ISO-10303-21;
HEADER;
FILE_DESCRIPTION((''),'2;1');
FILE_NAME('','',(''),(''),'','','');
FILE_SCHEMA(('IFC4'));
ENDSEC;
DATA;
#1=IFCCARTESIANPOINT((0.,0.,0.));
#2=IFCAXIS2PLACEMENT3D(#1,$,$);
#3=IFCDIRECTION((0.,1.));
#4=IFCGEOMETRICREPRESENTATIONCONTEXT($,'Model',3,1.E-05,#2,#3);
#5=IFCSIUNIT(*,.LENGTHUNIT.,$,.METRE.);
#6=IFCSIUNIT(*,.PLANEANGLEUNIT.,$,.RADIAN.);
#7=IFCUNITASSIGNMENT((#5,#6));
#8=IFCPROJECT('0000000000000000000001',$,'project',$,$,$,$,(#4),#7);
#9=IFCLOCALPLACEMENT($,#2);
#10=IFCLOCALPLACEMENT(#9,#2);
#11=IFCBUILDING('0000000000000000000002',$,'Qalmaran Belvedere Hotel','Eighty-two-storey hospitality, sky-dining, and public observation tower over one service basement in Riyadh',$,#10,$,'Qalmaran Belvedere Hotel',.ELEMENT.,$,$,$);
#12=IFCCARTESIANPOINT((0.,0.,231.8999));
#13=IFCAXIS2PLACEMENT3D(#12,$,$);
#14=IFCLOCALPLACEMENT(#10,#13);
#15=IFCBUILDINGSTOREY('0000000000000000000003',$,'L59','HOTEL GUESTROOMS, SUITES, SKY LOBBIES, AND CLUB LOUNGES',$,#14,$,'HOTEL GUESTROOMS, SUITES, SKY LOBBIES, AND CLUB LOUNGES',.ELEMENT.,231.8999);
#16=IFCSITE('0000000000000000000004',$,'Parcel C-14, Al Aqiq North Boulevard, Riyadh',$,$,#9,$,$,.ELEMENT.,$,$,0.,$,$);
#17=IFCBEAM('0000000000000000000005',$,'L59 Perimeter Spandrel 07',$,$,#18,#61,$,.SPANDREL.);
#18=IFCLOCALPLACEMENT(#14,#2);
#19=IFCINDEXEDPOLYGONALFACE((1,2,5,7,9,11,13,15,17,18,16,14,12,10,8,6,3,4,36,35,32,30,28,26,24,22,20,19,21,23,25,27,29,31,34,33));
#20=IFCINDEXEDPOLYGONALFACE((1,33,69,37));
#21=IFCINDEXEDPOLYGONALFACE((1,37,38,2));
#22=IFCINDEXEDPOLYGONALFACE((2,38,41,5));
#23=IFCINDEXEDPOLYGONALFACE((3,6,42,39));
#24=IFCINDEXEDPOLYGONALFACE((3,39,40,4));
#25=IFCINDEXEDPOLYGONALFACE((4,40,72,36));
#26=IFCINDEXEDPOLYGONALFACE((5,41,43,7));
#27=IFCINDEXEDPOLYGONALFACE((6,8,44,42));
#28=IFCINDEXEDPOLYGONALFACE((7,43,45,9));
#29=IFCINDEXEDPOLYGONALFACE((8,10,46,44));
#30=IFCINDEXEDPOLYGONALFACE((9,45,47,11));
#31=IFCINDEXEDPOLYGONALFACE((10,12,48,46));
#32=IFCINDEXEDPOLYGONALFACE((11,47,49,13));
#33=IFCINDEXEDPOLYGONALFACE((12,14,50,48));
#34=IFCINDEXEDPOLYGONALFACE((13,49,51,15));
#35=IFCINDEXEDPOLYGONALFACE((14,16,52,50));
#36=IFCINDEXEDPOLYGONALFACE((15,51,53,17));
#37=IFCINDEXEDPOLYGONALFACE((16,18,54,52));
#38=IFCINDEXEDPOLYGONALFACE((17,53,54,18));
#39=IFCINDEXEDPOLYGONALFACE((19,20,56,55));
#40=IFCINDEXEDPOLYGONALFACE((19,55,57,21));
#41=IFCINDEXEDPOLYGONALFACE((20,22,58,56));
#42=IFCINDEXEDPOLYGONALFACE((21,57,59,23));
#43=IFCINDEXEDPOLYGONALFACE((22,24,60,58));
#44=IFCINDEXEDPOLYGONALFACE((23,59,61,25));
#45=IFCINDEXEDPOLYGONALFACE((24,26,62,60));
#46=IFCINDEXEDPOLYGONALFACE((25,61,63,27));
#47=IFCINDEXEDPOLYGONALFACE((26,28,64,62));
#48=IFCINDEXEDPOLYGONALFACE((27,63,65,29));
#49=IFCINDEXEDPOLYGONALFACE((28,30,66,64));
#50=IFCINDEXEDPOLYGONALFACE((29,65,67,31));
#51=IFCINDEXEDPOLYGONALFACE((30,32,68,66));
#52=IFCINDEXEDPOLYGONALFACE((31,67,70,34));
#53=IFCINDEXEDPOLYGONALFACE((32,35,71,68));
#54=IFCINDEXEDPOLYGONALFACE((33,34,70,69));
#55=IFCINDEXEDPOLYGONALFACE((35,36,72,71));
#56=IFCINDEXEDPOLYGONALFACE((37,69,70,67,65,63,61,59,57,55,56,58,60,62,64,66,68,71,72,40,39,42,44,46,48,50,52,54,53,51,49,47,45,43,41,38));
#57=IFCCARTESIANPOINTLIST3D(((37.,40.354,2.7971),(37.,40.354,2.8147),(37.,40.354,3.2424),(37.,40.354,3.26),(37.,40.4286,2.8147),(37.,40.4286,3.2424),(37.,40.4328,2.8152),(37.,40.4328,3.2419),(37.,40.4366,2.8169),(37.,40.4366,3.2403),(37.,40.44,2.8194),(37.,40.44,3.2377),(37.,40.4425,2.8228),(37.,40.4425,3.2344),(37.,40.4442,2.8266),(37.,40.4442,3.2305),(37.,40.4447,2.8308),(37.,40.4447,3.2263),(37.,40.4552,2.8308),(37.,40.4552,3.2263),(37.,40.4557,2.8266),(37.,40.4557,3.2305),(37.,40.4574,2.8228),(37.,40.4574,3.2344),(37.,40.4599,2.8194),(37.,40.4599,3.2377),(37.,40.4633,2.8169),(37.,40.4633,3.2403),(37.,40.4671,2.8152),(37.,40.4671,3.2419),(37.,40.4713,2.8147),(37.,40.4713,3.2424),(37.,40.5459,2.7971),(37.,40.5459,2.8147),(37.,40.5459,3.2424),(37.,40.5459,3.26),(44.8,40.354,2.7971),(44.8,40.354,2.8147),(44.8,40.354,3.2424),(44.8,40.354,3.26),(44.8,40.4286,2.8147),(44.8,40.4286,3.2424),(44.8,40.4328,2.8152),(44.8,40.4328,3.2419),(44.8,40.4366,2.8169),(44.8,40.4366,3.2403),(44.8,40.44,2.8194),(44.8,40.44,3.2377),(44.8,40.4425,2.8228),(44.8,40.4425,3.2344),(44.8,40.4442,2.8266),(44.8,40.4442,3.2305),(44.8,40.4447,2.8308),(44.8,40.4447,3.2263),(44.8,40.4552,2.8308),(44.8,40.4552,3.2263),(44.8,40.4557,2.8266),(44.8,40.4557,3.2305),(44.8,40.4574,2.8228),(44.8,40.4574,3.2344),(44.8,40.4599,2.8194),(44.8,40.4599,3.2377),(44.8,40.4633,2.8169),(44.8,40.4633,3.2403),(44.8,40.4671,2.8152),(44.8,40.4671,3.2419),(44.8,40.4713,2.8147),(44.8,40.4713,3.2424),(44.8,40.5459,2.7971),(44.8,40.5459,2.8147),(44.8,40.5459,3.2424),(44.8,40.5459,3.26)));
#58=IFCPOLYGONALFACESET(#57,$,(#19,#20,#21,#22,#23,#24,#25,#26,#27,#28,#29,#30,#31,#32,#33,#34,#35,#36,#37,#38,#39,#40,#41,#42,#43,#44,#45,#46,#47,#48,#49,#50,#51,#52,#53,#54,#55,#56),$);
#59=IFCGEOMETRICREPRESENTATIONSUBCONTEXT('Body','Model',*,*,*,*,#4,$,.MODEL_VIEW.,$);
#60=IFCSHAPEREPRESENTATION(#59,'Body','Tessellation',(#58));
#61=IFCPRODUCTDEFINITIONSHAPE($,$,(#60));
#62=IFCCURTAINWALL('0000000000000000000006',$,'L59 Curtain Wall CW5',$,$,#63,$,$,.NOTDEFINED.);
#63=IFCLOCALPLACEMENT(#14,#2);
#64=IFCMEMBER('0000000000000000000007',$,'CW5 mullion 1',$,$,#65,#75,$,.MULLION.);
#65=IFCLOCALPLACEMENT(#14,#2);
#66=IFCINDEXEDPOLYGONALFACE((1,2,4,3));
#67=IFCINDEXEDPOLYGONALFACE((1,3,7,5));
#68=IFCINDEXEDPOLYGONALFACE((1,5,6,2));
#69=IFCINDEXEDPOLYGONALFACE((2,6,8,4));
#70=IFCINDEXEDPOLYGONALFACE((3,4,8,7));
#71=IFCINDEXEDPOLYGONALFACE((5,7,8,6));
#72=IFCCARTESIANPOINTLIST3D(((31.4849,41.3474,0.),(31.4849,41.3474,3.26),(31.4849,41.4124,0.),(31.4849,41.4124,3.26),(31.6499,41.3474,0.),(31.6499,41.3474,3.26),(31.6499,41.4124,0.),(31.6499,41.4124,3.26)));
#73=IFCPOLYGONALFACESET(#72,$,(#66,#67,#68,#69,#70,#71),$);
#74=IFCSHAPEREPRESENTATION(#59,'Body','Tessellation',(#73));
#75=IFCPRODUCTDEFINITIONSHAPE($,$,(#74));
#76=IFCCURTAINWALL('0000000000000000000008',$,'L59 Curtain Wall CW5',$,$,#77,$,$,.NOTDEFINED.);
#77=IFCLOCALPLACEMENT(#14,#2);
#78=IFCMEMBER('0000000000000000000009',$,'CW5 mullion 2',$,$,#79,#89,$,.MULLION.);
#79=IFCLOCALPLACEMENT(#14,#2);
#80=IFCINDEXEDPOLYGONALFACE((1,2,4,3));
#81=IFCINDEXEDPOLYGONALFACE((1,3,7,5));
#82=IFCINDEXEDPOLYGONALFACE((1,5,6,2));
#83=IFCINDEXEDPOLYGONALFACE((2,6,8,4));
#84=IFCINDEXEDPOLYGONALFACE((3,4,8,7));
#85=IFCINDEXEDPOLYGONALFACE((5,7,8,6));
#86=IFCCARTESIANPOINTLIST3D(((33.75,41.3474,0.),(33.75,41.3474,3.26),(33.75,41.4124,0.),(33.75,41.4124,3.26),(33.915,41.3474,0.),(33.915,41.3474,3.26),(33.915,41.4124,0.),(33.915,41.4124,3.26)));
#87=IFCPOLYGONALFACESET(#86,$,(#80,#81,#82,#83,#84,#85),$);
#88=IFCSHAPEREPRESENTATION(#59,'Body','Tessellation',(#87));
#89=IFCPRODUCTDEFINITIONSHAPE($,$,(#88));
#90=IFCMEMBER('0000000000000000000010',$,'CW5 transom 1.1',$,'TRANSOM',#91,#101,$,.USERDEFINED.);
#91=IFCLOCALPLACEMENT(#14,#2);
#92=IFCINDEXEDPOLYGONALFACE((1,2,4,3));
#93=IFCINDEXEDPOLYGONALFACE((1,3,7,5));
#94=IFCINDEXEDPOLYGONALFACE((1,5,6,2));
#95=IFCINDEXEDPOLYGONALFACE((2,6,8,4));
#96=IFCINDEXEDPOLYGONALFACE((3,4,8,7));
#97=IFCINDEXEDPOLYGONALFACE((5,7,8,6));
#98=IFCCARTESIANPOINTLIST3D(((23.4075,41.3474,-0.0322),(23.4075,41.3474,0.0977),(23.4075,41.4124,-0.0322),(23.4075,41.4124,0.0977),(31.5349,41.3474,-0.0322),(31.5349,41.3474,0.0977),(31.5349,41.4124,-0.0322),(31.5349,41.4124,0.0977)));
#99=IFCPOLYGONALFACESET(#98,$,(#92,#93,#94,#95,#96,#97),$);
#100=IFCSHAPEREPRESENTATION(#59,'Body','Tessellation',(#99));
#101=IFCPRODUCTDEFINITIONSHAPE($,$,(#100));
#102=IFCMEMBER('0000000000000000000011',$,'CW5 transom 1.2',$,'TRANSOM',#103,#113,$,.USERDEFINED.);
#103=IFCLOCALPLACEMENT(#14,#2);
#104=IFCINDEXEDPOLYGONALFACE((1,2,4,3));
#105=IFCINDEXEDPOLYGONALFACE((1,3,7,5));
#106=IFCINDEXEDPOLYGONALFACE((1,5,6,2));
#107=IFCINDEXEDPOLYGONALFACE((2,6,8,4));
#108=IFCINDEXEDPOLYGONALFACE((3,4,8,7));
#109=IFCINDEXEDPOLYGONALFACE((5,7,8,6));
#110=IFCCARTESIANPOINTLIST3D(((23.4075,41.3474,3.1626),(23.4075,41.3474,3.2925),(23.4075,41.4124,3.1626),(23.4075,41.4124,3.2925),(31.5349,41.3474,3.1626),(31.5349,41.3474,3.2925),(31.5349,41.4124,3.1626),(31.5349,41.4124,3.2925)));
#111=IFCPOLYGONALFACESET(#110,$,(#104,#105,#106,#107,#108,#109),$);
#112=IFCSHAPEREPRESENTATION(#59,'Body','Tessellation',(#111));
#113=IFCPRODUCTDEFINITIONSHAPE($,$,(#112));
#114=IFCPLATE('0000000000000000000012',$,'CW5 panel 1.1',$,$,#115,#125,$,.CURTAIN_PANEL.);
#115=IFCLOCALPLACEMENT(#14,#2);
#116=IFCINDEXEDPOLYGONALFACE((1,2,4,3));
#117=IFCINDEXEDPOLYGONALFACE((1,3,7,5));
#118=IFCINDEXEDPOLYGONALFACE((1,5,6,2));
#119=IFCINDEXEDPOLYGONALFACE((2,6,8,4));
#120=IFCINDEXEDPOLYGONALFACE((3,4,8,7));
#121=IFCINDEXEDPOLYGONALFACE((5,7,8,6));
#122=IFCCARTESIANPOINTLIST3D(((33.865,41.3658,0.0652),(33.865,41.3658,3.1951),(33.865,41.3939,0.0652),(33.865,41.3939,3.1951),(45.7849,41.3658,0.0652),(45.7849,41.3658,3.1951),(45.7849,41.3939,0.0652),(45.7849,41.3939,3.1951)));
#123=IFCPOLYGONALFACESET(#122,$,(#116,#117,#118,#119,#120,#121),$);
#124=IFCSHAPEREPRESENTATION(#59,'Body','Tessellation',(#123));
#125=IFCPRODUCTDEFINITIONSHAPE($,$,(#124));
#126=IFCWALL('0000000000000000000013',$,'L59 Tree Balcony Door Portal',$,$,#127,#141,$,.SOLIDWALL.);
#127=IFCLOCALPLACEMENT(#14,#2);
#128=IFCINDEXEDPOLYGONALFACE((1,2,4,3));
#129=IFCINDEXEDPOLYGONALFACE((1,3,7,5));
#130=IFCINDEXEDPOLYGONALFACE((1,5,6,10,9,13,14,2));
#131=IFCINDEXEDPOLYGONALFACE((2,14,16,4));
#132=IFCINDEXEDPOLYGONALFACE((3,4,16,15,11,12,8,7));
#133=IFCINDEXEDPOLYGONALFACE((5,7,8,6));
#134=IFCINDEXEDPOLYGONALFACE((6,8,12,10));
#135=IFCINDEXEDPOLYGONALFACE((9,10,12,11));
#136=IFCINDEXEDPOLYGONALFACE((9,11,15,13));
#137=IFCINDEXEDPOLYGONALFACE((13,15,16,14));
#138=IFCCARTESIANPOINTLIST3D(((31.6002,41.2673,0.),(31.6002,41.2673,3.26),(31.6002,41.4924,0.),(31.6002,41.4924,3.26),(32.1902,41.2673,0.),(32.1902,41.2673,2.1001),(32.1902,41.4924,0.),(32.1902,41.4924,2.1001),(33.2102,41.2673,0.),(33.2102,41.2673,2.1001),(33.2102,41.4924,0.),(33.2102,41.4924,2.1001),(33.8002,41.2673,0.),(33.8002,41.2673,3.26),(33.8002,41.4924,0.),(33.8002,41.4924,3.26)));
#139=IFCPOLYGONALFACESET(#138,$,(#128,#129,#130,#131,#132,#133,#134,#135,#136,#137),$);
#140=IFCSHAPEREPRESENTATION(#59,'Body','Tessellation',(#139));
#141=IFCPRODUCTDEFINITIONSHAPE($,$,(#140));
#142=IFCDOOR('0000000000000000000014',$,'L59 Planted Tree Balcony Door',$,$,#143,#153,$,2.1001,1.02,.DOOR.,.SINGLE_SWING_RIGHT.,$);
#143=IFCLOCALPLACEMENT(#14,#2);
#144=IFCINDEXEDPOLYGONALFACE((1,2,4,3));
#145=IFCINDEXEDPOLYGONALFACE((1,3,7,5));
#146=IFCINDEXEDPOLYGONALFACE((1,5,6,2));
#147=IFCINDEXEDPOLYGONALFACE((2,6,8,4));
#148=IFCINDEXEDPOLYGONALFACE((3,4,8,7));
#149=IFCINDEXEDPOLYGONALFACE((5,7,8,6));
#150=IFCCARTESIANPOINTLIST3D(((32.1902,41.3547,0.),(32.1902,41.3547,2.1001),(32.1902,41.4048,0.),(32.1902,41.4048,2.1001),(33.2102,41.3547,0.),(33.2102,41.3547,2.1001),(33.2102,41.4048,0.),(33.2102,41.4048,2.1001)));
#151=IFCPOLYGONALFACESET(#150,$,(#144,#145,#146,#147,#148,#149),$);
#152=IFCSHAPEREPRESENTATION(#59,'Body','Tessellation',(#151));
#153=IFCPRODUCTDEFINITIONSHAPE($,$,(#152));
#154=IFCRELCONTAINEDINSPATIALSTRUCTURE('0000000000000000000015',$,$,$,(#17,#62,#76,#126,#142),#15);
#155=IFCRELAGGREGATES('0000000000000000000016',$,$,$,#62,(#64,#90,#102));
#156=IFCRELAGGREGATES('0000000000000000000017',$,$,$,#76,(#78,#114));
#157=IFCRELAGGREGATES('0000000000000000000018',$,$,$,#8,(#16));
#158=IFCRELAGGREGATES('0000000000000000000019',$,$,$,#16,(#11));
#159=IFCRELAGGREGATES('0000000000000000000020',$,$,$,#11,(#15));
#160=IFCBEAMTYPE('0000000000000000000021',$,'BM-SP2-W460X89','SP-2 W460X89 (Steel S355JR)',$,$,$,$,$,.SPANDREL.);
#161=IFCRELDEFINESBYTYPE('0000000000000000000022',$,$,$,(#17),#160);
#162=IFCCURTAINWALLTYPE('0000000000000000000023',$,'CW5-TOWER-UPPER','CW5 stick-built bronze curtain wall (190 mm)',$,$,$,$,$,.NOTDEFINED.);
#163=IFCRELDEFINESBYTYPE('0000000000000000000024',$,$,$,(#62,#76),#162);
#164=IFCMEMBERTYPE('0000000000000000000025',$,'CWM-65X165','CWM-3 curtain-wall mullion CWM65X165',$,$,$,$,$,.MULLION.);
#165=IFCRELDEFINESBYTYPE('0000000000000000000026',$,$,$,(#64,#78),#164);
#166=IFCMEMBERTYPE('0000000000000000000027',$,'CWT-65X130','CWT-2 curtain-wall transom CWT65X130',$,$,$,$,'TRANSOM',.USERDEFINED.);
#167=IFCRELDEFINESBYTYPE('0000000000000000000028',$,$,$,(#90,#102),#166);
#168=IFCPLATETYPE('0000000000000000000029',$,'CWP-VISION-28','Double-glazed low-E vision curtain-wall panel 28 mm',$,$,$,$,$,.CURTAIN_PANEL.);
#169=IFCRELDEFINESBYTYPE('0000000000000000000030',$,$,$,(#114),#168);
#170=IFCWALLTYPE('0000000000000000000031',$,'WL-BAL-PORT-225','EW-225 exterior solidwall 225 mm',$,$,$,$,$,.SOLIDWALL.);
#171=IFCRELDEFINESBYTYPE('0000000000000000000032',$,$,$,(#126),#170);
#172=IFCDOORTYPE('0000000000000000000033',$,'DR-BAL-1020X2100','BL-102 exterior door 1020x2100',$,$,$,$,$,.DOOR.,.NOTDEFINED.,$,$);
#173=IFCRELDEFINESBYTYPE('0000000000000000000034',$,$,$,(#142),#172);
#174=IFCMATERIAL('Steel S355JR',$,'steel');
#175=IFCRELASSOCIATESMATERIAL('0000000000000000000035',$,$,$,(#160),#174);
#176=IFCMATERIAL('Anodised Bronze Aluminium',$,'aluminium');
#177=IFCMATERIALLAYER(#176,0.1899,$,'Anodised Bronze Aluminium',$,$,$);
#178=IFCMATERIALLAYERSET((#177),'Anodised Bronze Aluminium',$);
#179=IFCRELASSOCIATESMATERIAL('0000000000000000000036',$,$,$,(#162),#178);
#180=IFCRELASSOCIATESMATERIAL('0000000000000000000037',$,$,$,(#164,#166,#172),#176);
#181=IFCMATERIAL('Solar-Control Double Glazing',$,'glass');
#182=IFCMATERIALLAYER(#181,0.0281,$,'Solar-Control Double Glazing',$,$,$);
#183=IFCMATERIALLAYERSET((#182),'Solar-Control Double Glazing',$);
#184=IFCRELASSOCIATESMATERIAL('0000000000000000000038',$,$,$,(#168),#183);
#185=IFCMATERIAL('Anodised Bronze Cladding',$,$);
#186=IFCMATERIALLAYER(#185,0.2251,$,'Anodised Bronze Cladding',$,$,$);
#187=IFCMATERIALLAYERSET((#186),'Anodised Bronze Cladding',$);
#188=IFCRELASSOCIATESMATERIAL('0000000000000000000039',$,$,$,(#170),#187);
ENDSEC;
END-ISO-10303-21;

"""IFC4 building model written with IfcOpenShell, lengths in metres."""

from ifc_helpers import new_model, si_unit, direction, frame, frame_2d, origin, origin_2d, place, context, subcontext, project, spatial, rectangle, i_section, extrude, material, layer, layer_set, material_profile, profile_set, type_object, element, fill, aggregate, save


model = new_model("IFC4")

# Units and contexts
model_context = context("Model", 3, precision=1e-05, world=origin(), true_north=direction((0.0, 1.0)))
body_context = subcontext(model_context, "Body", "Model", "MODEL_VIEW")
ifc_project = project(units=[si_unit("LENGTHUNIT", "METRE"), si_unit("PLANEANGLEUNIT", "RADIAN")], contexts=[model_context])

# Site, building, storey
site_placement = place(None, origin())
site = spatial("IfcSite", under=ifc_project, at=site_placement, Name="Parcel C-14, Al Aqiq North Boulevard, Riyadh", CompositionType="ELEMENT", RefElevation=0.0)
building_placement = place(site_placement, origin())
building = spatial("IfcBuilding", under=site, at=building_placement, Name="Qalmaran Belvedere Hotel", Description="Eighty-two-storey hospitality, sky-dining, and public observation tower over one service basement in Riyadh", LongName="Qalmaran Belvedere Hotel", CompositionType="ELEMENT")
storey_placement = place(building_placement, frame((0.0, 0.0, 231.8999)))
storey = spatial("IfcBuildingStorey", under=building, at=storey_placement, Name="L59", Description="HOTEL GUESTROOMS, SUITES, SKY LOBBIES, AND CLUB LOUNGES", LongName="HOTEL GUESTROOMS, SUITES, SKY LOBBIES, AND CLUB LOUNGES", CompositionType="ELEMENT", Elevation=231.8999)

# Beam
ifc_material_1 = material(Name="Steel S355JR", Category="steel")
ifc_material_profile_1 = material_profile(ifc_material_1, i_section(OverallWidth=0.1919, OverallDepth=0.4629, WebThickness=0.0105, FlangeThickness=0.0176, FilletRadius=0.0161, at=origin_2d()), Name="W460X89")
ifc_profile_set_1 = profile_set([ifc_material_profile_1], Name="Steel S355JR")
beam_type_1 = type_object("IfcBeamType", Name="BM-SP2-W460X89", Description="SP-2 W460X89 (Steel S355JR)", PredefinedType="SPANDREL", material=ifc_profile_set_1)
for number, where, z_axis, x_axis, name in (
    (1, (37.0, 40.45, 3.0286), (1.0, 0.0, 0.0), (0.0, 1.0, 0.0), "L59 Perimeter Spandrel 07"),
):
    element("IfcBeam", number, at=place(storey_placement, frame(where, z_axis=z_axis, x_axis=x_axis)), inside=storey, type_object=beam_type_1, Name=name, PredefinedType="SPANDREL", context=body_context, shape_type="SweptSolid", body=[
        extrude(i_section(OverallWidth=0.1919, OverallDepth=0.4629, WebThickness=0.0105, FlangeThickness=0.0176, FilletRadius=0.0161, at=origin_2d()), origin(), (0.0, 0.0, 1.0), 7.8),
    ])

# Curtain walls, members
ifc_material_2 = material(Name="Anodised Bronze Aluminium", Category="aluminium")
ifc_layer_1 = layer(ifc_material_2, 0.1899, Name="Anodised Bronze Aluminium")
ifc_layer_set_1 = layer_set([ifc_layer_1], Name="Anodised Bronze Aluminium")
curtain_wall_type = type_object("IfcCurtainWallType", Name="CW5-TOWER-UPPER", Description="CW5 stick-built bronze curtain wall (190 mm)", PredefinedType="NOTDEFINED", material=ifc_layer_set_1)
curtain_wall_1_placement = place(storey_placement, origin())
curtain_wall_1 = element("IfcCurtainWall", 2, at=curtain_wall_1_placement, inside=storey, type_object=curtain_wall_type, Name="L59 Curtain Wall CW5", PredefinedType="NOTDEFINED")
ifc_material_profile_2 = material_profile(ifc_material_2, rectangle(XDim=0.0649, YDim=0.165, at=origin_2d()), Name="CWM65X165")
ifc_profile_set_2 = profile_set([ifc_material_profile_2], Name="Anodised Bronze Aluminium")
member_type_1 = type_object("IfcMemberType", Name="CWM-65X165", Description="CWM-3 curtain-wall mullion CWM65X165", PredefinedType="MULLION", material=ifc_profile_set_2)
member_1_placement = place(storey_placement, frame((31.5674, 41.3799, 0.0), z_axis=(0.0, 0.0, 1.0), x_axis=(0.0, -1.0, 0.0)))
member_1 = element("IfcMember", 3, at=member_1_placement, type_object=member_type_1, Name="CW5 mullion 1", PredefinedType="MULLION", context=body_context, shape_type="SweptSolid", body=[
    extrude(rectangle(XDim=0.0649, YDim=0.165, at=origin_2d()), origin(), (0.0, 0.0, 1.0), 3.26),
])
curtain_wall_2_placement = place(storey_placement, origin())
curtain_wall_2 = element("IfcCurtainWall", 4, at=curtain_wall_2_placement, inside=storey, type_object=curtain_wall_type, Name="L59 Curtain Wall CW5", PredefinedType="NOTDEFINED")
member_2_placement = place(storey_placement, frame((33.8325, 41.3799, 0.0), z_axis=(0.0, 0.0, 1.0), x_axis=(0.0, -1.0, 0.0)))
member_2 = element("IfcMember", 5, at=member_2_placement, type_object=member_type_1, Name="CW5 mullion 2", PredefinedType="MULLION", context=body_context, shape_type="SweptSolid", body=[
    extrude(rectangle(XDim=0.0649, YDim=0.165, at=origin_2d()), origin(), (0.0, 0.0, 1.0), 3.26),
])

# Members
ifc_material_profile_3 = material_profile(ifc_material_2, rectangle(XDim=0.0649, YDim=0.1299, at=origin_2d()), Name="CWT65X130")
ifc_profile_set_3 = profile_set([ifc_material_profile_3], Name="Anodised Bronze Aluminium")
member_type_2 = type_object("IfcMemberType", Name="CWT-65X130", Description="CWT-2 curtain-wall transom CWT65X130", ElementType="TRANSOM", PredefinedType="USERDEFINED", material=ifc_profile_set_3)
member_3_placement = place(storey_placement, frame((31.5349, 41.3799, 0.0327), z_axis=(-1.0, 0.0, 0.0), x_axis=(0.0, -1.0, 0.0)))
member_3 = element("IfcMember", 6, at=member_3_placement, type_object=member_type_2, Name="CW5 transom 1.1", ObjectType="TRANSOM", PredefinedType="USERDEFINED", context=body_context, shape_type="SweptSolid", body=[
    extrude(rectangle(XDim=0.0649, YDim=0.1299, at=origin_2d()), origin(), (0.0, 0.0, 1.0), 8.1274),
])
member_4_placement = place(storey_placement, frame((31.5349, 41.3799, 3.2275), z_axis=(-1.0, 0.0, 0.0), x_axis=(0.0, -1.0, 0.0)))
member_4 = element("IfcMember", 7, at=member_4_placement, type_object=member_type_2, Name="CW5 transom 1.2", ObjectType="TRANSOM", PredefinedType="USERDEFINED", context=body_context, shape_type="SweptSolid", body=[
    extrude(rectangle(XDim=0.0649, YDim=0.1299, at=origin_2d()), origin(), (0.0, 0.0, 1.0), 8.1274),
])
aggregate(curtain_wall_1, [member_1, member_3, member_4])

# Plate
ifc_material_3 = material(Name="Solar-Control Double Glazing", Category="glass")
ifc_layer_2 = layer(ifc_material_3, 0.0281, Name="Solar-Control Double Glazing")
ifc_layer_set_2 = layer_set([ifc_layer_2], Name="Solar-Control Double Glazing")
plate_type = type_object("IfcPlateType", Name="CWP-VISION-28", Description="Double-glazed low-E vision curtain-wall panel 28 mm", PredefinedType="CURTAIN_PANEL", material=ifc_layer_set_2)
plate_placement = place(storey_placement, frame((39.825, 41.3799, 0.0652), z_axis=(0.0, 0.0, 1.0), x_axis=(-1.0, 0.0, 0.0)))
plate = element("IfcPlate", 8, at=plate_placement, type_object=plate_type, Name="CW5 panel 1.1", PredefinedType="CURTAIN_PANEL", context=body_context, shape_type="SweptSolid", body=[
    extrude(rectangle(XDim=11.9199, YDim=0.0281, at=origin_2d()), origin(), (0.0, 0.0, 1.0), 3.1299),
])
aggregate(curtain_wall_2, [member_2, plate])

# Wall, opening, door
ifc_material_4 = material(Name="Anodised Bronze Cladding")
ifc_layer_3 = layer(ifc_material_4, 0.2251, Name="Anodised Bronze Cladding")
ifc_layer_set_3 = layer_set([ifc_layer_3], Name="Anodised Bronze Cladding")
wall_type_1 = type_object("IfcWallType", Name="WL-BAL-PORT-225", Description="EW-225 exterior solidwall 225 mm", PredefinedType="SOLIDWALL", material=ifc_layer_set_3)
wall_1_placement = place(storey_placement, frame((31.6001, 41.3799, 0.0), z_axis=(0.0, 0.0, 1.0), x_axis=(1.0, 0.0, 0.0)))
wall_1 = element("IfcWall", 9, at=wall_1_placement, inside=storey, type_object=wall_type_1, Name="L59 Tree Balcony Door Portal", PredefinedType="SOLIDWALL", context=body_context, shape_type="SweptSolid", body=[
    extrude(rectangle(XDim=2.2, YDim=0.2251, at=frame_2d((1.1001, 0.0))), origin(), (0.0, 0.0, 1.0), 3.26),
])
opening_1_placement = place(wall_1_placement, frame((0.5901, 0.0, 0.0)))
opening_1 = element("IfcOpeningElement", 10, at=opening_1_placement, cuts=wall_1, PredefinedType="OPENING", context=body_context, shape_type="SweptSolid", body=[
    extrude(rectangle(XDim=1.02, YDim=2.1001, at=frame_2d((0.51, 1.05))), frame((0.0, 0.1226, 0.0), z_axis=(0.0, -1.0, 0.0), x_axis=(1.0, 0.0, 0.0)), (0.0, 0.0, 1.0), 0.2451),
])
door_type_1 = type_object("IfcDoorType", Name="DR-BAL-1020X2100", Description="BL-102 exterior door 1020x2100", OperationType="NOTDEFINED", PredefinedType="DOOR", material=ifc_material_2)
door_1_placement = place(opening_1_placement, origin())
door_1 = element("IfcDoor", 11, at=door_1_placement, inside=storey, type_object=door_type_1, Name="L59 Planted Tree Balcony Door", OperationType="SINGLE_SWING_RIGHT", OverallHeight=2.1001, OverallWidth=1.02, PredefinedType="DOOR", context=body_context, shape_type="SweptSolid", body=[
    extrude(rectangle(XDim=1.02, YDim=2.1001, at=frame_2d((0.51, 1.05))), frame((0.0, 0.0249, 0.0), z_axis=(0.0, -1.0, 0.0), x_axis=(1.0, 0.0, 0.0)), (0.0, 0.0, 1.0), 0.05),
])
fill(opening_1, door_1)

save(model, "model.ifc")
